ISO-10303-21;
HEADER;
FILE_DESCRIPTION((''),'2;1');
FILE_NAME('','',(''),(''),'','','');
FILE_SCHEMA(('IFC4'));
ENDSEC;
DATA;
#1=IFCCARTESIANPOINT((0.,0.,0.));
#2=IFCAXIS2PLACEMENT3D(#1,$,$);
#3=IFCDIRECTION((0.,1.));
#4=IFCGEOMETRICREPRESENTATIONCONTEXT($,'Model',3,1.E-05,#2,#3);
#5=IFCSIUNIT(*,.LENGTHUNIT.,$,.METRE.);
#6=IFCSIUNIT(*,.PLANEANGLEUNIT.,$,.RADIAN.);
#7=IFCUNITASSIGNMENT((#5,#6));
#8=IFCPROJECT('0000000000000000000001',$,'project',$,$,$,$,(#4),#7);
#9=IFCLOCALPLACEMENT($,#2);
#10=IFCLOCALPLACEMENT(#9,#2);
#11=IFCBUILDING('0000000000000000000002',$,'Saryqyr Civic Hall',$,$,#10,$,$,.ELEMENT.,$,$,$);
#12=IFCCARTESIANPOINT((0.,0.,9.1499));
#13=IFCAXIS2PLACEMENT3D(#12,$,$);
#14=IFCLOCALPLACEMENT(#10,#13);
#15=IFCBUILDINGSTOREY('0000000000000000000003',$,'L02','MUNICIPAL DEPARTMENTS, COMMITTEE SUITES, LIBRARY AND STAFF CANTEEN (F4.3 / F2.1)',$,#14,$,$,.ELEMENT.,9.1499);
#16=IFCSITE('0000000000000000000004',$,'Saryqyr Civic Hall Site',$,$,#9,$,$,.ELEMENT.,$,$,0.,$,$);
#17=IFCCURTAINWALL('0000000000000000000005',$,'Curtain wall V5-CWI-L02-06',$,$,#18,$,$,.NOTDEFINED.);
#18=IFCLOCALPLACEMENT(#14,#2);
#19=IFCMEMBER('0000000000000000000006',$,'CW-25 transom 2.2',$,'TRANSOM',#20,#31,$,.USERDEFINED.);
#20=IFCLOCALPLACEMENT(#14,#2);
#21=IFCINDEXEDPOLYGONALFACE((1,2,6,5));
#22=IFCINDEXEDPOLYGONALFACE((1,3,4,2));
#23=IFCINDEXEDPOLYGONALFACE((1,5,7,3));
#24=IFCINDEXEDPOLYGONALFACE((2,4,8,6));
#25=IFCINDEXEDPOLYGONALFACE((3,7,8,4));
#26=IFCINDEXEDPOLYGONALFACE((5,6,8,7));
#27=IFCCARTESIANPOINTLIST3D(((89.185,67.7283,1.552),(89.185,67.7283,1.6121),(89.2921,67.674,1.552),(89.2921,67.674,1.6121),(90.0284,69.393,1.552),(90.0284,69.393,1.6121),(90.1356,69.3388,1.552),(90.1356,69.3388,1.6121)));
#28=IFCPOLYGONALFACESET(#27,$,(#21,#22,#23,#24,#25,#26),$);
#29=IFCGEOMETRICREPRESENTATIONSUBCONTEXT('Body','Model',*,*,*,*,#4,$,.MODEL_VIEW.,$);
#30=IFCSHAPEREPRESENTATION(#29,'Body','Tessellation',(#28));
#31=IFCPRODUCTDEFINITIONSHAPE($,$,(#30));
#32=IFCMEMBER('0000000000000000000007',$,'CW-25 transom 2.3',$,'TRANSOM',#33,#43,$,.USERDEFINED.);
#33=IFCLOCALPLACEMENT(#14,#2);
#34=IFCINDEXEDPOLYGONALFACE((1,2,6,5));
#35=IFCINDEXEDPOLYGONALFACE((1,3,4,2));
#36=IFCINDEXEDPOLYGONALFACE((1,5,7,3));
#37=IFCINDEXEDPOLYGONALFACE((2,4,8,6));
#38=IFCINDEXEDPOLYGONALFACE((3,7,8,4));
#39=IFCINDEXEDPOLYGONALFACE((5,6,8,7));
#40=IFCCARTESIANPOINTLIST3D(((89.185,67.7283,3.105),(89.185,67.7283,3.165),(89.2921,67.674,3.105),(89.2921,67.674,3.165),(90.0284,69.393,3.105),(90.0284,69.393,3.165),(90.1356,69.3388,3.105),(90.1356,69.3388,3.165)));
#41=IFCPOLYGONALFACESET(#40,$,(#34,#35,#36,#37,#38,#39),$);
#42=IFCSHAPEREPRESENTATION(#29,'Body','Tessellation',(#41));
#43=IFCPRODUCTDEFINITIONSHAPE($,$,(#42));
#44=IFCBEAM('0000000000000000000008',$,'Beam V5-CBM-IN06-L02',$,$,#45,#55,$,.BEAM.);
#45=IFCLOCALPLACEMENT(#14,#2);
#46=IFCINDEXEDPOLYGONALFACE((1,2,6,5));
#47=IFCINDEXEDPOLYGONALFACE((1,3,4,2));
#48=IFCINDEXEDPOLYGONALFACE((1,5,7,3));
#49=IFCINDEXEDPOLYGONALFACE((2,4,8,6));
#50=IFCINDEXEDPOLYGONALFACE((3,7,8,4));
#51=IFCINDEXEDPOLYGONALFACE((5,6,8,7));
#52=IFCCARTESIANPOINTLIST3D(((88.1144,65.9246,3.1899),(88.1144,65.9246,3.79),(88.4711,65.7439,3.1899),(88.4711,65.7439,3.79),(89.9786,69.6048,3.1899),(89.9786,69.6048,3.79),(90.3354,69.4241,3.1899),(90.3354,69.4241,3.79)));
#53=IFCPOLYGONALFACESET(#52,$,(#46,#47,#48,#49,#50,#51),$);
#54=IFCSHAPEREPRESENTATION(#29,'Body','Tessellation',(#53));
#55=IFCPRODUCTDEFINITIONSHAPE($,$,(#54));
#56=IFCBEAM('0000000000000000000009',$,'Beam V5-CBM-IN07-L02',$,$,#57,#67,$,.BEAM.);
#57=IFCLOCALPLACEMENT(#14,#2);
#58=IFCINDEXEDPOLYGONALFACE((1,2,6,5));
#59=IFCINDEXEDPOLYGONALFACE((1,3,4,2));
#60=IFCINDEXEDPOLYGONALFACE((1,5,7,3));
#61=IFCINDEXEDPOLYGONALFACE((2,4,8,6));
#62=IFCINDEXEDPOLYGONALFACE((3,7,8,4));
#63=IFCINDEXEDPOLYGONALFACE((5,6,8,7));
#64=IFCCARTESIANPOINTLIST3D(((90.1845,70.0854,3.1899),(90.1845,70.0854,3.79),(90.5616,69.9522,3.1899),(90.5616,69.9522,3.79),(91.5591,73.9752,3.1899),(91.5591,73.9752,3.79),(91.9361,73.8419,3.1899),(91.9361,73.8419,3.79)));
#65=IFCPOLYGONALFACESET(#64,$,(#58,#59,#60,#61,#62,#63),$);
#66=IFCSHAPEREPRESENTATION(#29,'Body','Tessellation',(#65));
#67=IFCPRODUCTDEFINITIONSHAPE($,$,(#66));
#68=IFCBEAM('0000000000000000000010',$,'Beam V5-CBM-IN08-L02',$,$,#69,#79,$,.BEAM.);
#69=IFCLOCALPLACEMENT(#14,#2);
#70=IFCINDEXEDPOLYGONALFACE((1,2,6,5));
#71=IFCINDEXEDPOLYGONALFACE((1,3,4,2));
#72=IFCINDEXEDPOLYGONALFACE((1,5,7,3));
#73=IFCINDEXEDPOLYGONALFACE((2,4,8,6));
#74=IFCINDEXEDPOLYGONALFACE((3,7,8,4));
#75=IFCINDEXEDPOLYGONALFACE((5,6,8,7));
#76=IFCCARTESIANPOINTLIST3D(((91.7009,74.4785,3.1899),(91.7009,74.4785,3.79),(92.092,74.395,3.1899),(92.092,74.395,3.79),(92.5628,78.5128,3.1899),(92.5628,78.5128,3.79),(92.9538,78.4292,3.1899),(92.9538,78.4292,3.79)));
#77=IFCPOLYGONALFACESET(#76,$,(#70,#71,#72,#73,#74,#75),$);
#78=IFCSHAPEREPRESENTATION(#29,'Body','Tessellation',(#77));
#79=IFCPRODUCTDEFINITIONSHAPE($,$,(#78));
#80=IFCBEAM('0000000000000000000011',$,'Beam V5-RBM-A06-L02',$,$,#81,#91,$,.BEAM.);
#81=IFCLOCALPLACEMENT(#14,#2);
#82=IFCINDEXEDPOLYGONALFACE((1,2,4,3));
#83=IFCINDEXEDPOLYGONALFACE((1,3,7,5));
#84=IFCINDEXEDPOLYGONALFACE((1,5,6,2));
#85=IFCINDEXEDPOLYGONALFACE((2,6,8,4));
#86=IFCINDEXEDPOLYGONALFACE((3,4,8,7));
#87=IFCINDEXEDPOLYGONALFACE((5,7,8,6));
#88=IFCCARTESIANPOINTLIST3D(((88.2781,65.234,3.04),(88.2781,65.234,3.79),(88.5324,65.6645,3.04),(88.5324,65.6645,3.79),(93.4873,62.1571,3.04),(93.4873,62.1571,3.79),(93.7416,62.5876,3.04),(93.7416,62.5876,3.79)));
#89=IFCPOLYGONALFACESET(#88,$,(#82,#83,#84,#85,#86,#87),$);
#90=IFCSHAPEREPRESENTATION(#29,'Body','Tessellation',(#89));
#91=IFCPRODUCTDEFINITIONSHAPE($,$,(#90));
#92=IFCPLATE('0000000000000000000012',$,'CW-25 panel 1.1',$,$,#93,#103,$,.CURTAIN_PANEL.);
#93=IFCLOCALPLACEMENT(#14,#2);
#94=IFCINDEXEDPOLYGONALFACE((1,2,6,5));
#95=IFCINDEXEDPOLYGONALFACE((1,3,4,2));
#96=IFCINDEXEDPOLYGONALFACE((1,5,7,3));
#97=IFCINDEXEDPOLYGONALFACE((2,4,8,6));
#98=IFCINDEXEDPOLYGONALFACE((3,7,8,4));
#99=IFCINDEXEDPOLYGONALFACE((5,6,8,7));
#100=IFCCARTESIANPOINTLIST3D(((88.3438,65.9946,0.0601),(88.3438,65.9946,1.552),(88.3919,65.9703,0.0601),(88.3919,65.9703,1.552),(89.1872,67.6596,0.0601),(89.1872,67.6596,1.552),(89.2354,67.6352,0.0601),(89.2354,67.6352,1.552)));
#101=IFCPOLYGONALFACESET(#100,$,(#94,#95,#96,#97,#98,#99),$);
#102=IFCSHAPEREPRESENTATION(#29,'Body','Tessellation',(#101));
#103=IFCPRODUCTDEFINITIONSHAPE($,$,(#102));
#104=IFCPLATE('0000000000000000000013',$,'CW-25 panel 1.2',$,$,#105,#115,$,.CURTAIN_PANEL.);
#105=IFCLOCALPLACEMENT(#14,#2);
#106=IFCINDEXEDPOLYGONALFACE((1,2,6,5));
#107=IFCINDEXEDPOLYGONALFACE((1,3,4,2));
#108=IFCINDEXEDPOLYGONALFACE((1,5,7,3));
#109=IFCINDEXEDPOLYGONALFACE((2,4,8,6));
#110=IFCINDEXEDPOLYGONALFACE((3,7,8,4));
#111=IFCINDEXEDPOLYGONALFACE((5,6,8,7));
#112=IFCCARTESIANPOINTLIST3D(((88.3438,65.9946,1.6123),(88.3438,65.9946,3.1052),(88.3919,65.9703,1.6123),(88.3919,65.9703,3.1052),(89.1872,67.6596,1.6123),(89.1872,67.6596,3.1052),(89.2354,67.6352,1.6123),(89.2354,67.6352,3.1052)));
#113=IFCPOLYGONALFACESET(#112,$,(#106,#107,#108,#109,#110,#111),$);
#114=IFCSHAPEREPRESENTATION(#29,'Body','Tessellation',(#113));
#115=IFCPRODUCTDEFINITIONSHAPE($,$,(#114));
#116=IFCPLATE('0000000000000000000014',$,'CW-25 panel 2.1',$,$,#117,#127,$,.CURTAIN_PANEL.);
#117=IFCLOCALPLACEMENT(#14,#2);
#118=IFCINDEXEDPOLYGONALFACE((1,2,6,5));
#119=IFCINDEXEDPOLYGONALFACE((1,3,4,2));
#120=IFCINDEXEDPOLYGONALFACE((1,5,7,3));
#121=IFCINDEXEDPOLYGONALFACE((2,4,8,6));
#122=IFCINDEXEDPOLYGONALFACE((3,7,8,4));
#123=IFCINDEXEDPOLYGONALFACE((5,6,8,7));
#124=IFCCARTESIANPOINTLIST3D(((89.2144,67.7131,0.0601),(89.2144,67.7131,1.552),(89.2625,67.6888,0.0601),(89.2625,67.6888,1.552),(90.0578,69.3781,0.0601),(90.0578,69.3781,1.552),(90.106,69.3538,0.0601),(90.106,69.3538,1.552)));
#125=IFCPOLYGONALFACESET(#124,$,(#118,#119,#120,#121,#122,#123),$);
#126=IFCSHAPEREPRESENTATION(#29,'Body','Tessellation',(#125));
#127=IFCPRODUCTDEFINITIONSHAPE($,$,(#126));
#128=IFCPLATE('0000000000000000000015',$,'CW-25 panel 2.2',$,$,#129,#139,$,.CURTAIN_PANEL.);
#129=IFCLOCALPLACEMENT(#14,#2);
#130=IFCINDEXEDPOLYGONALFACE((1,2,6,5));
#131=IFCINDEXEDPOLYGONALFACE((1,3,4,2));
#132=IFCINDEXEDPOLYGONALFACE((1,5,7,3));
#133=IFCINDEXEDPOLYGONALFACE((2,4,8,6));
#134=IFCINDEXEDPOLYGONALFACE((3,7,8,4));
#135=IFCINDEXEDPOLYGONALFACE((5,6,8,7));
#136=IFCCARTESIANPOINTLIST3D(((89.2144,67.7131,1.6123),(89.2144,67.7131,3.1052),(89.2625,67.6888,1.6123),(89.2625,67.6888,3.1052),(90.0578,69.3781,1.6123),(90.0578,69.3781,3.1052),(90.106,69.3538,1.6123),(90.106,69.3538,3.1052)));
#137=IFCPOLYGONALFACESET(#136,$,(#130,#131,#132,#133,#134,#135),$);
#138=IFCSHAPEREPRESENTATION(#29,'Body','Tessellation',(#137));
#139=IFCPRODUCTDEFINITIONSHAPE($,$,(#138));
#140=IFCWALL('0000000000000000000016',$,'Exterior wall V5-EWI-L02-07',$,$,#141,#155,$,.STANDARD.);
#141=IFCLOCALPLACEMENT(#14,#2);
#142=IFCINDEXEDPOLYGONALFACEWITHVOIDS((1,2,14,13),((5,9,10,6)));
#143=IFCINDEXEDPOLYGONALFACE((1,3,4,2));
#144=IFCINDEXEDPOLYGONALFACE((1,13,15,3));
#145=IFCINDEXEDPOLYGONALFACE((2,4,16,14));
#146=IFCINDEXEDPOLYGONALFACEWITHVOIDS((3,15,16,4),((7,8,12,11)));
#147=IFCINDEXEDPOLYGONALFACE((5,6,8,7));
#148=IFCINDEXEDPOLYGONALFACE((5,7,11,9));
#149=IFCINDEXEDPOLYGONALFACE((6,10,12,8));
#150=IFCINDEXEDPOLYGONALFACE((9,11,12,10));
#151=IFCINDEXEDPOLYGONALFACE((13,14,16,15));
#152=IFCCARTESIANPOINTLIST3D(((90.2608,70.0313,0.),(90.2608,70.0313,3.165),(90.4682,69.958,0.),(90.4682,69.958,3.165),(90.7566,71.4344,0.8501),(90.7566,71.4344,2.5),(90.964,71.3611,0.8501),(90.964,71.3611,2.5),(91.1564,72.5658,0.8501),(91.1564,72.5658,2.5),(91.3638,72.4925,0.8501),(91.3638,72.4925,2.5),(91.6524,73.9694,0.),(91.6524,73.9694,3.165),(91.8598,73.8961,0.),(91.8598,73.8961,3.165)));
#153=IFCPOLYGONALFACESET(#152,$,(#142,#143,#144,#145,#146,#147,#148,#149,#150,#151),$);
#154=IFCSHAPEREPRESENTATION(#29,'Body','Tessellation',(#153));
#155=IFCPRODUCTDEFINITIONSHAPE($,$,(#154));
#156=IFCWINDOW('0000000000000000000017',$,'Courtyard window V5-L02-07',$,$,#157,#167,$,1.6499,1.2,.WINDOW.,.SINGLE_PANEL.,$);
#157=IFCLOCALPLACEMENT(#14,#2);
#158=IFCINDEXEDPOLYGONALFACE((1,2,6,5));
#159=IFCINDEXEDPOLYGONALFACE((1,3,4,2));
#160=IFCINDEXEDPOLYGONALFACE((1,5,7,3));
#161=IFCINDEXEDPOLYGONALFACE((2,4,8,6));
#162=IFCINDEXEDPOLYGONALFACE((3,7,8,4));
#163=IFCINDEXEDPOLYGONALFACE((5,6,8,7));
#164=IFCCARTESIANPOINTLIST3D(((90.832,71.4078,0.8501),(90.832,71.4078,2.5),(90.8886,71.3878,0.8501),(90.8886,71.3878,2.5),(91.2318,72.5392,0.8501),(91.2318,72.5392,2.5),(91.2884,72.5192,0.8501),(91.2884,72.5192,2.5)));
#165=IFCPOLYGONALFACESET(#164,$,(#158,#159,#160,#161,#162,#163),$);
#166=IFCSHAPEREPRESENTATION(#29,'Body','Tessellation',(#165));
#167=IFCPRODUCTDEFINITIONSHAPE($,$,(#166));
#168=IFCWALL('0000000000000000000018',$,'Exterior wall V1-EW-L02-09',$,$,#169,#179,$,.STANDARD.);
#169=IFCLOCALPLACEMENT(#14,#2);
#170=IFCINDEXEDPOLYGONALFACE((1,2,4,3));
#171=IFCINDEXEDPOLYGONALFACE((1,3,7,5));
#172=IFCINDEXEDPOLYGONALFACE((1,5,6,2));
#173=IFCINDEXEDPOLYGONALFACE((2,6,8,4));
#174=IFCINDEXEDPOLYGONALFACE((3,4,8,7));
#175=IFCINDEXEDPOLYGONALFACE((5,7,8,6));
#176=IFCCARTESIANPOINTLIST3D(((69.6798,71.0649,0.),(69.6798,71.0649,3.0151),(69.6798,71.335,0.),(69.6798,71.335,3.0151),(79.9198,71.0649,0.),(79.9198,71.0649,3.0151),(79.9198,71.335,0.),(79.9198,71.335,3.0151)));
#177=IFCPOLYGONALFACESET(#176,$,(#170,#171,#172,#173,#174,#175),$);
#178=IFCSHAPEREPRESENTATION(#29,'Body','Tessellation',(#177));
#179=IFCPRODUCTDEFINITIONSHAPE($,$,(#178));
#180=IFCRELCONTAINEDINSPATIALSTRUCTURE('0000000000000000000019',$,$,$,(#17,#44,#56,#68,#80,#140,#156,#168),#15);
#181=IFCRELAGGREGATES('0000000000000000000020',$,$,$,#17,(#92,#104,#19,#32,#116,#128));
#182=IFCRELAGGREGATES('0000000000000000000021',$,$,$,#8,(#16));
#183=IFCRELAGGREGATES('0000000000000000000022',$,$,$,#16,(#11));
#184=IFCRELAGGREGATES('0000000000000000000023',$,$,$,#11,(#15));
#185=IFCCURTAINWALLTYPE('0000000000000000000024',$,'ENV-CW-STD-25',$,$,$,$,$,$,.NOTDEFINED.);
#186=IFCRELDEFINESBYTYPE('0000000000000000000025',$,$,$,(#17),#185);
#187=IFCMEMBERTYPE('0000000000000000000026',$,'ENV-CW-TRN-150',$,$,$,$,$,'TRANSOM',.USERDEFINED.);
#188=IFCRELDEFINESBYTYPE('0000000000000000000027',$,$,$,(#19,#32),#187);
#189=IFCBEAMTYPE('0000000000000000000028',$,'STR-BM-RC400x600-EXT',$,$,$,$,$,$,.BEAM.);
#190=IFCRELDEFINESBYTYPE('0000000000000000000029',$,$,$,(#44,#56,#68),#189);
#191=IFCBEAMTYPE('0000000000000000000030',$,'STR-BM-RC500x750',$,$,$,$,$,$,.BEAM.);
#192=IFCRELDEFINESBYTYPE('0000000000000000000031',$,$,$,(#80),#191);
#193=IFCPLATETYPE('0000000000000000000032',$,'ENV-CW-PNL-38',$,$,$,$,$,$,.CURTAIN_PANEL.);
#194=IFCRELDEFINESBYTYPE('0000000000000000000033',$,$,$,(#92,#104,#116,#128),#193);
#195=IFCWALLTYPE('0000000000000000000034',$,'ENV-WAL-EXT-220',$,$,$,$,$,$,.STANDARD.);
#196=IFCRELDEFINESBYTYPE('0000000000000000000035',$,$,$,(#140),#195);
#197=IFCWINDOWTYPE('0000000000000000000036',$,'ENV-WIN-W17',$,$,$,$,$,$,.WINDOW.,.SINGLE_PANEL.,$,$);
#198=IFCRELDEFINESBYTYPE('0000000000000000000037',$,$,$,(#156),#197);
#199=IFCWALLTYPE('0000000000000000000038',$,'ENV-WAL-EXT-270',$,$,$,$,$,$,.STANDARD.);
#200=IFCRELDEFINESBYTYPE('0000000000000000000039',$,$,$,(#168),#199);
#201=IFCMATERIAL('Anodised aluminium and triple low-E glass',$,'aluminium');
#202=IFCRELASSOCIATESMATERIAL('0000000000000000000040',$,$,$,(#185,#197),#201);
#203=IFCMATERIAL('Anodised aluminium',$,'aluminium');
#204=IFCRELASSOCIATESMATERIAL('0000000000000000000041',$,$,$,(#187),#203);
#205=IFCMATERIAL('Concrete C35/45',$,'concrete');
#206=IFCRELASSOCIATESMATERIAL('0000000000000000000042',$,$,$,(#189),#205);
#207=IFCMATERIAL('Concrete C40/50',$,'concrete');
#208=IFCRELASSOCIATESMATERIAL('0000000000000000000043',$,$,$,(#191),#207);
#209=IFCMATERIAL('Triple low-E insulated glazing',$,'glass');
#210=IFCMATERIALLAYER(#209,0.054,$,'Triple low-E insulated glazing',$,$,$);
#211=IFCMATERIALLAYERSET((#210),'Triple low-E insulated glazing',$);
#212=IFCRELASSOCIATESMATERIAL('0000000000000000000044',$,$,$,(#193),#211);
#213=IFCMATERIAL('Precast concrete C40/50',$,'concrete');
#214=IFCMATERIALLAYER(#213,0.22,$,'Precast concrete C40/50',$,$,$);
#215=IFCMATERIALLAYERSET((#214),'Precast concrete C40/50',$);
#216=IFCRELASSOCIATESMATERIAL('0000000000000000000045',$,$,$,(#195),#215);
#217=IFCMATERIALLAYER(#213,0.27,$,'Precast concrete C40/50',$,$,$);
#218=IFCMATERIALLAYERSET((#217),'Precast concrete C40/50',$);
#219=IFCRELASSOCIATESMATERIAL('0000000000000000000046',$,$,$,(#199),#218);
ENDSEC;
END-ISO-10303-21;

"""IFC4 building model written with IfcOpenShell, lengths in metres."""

from ifc_helpers import new_model, si_unit, direction, frame, frame_2d, origin, origin_2d, place, context, subcontext, project, spatial, rectangle, extrude, material, layer, layer_set, material_profile, profile_set, type_object, element, fill, aggregate, save


model = new_model("IFC4")

# Units and contexts
model_context = context("Model", 3, precision=1e-05, world=origin(), true_north=direction((0.0, 1.0)))
body_context = subcontext(model_context, "Body", "Model", "MODEL_VIEW")
ifc_project = project(units=[si_unit("LENGTHUNIT", "METRE"), si_unit("PLANEANGLEUNIT", "RADIAN")], contexts=[model_context])

# Site, building, storey
site_placement = place(None, origin())
site = spatial("IfcSite", under=ifc_project, at=site_placement, Name="Saryqyr Civic Hall Site", CompositionType="ELEMENT", RefElevation=0.0)
building_placement = place(site_placement, origin())
building = spatial("IfcBuilding", under=site, at=building_placement, Name="Saryqyr Civic Hall", CompositionType="ELEMENT")
storey_placement = place(building_placement, frame((0.0, 0.0, 9.1499)))
storey = spatial("IfcBuildingStorey", under=building, at=storey_placement, Name="L02", Description="MUNICIPAL DEPARTMENTS, COMMITTEE SUITES, LIBRARY AND STAFF CANTEEN (F4.3 / F2.1)", CompositionType="ELEMENT", Elevation=9.1499)

# Shared definitions
ifc_material_1 = material(Name="Concrete C40/50", Category="concrete")

# Curtain wall, members
ifc_material_2 = material(Name="Anodised aluminium and triple low-E glass", Category="aluminium")
curtain_wall_type = type_object("IfcCurtainWallType", Name="ENV-CW-STD-25", PredefinedType="NOTDEFINED", material=ifc_material_2)
curtain_wall_placement = place(storey_placement, origin())
curtain_wall = element("IfcCurtainWall", 1, at=curtain_wall_placement, inside=storey, type_object=curtain_wall_type, Name="Curtain wall V5-CWI-L02-06", PredefinedType="NOTDEFINED")
ifc_material_3 = material(Name="Anodised aluminium", Category="aluminium")
ifc_material_profile_1 = material_profile(ifc_material_3, rectangle(XDim=0.1201, YDim=0.0601, at=origin_2d()), Name="ALU TRANSOM 120x60")
ifc_profile_set_1 = profile_set([ifc_material_profile_1], Name="Anodised aluminium")
member_type_1 = type_object("IfcMemberType", Name="ENV-CW-TRN-150", ElementType="TRANSOM", PredefinedType="USERDEFINED", material=ifc_profile_set_1)
member_1_placement = place(storey_placement, frame((89.2385, 67.7012, 1.582), z_axis=(0.451969, 0.892034, 0.0), x_axis=(-0.892034, 0.451969, 0.0)))
member_1 = element("IfcMember", 2, at=member_1_placement, type_object=member_type_1, Name="CW-25 transom 2.2", ObjectType="TRANSOM", PredefinedType="USERDEFINED", context=body_context, shape_type="SweptSolid", body=[
    extrude(rectangle(XDim=0.1201, YDim=0.0601, at=origin_2d()), origin(), (0.0, 0.0, 1.0), 1.8662),
])
member_2_placement = place(storey_placement, frame((89.2385, 67.7012, 3.135), z_axis=(0.451969, 0.892034, 0.0), x_axis=(-0.892034, 0.451969, 0.0)))
member_2 = element("IfcMember", 3, at=member_2_placement, type_object=member_type_1, Name="CW-25 transom 2.3", ObjectType="TRANSOM", PredefinedType="USERDEFINED", context=body_context, shape_type="SweptSolid", body=[
    extrude(rectangle(XDim=0.1201, YDim=0.0601, at=origin_2d()), origin(), (0.0, 0.0, 1.0), 1.8662),
])

# Beams
ifc_material_4 = material(Name="Concrete C35/45", Category="concrete")
ifc_material_profile_2 = material_profile(ifc_material_4, rectangle(XDim=0.3999, YDim=0.6001, at=origin_2d()), Name="RC 400x600")
ifc_profile_set_2 = profile_set([ifc_material_profile_2], Name="Concrete C35/45")
beam_type_1 = type_object("IfcBeamType", Name="STR-BM-RC400x600-EXT", PredefinedType="BEAM", material=ifc_profile_set_2)
for number, where, z_axis, x_axis, name in (
    (4, (88.2927, 65.8342, 3.49), (0.451894, 0.892071, 0.0), (-0.892071, 0.451894, 0.0), "Beam V5-CBM-IN06-L02"),
    (5, (90.373, 70.0188, 3.49), (0.333185, 0.942861, 0.0), (-0.942861, 0.333185, 0.0), "Beam V5-CBM-IN07-L02"),
):
    element("IfcBeam", number, at=place(storey_placement, frame(where, z_axis=z_axis, x_axis=x_axis)), inside=storey, type_object=beam_type_1, Name=name, PredefinedType="BEAM", context=body_context, shape_type="SweptSolid", body=[
        extrude(rectangle(XDim=0.3999, YDim=0.6001, at=origin_2d()), origin(), (0.0, 0.0, 1.0), 4.1255),
    ])
beam_1_placement = place(storey_placement, frame((91.8965, 74.4368, 3.49), z_axis=(0.208915, 0.977934, 0.0), x_axis=(-0.977934, 0.208915, 0.0)))
element("IfcBeam", 6, at=beam_1_placement, inside=storey, type_object=beam_type_1, Name="Beam V5-CBM-IN08-L02", PredefinedType="BEAM", context=body_context, shape_type="SweptSolid", body=[
    extrude(rectangle(XDim=0.3999, YDim=0.6001, at=origin_2d()), origin(), (0.0, 0.0, 1.0), 4.1252),
])
ifc_material_profile_3 = material_profile(ifc_material_1, rectangle(XDim=0.5, YDim=0.75, at=origin_2d()), Name="RC 500x750")
ifc_profile_set_3 = profile_set([ifc_material_profile_3], Name="Concrete C40/50")
beam_type_2 = type_object("IfcBeamType", Name="STR-BM-RC500x750", PredefinedType="BEAM", material=ifc_profile_set_3)
beam_2_placement = place(storey_placement, frame((88.4053, 65.4492, 3.415), z_axis=(0.861019, -0.508573, 0.0), x_axis=(0.508573, 0.861019, 0.0)))
element("IfcBeam", 7, at=beam_2_placement, inside=storey, type_object=beam_type_2, Name="Beam V5-RBM-A06-L02", PredefinedType="BEAM", context=body_context, shape_type="SweptSolid", body=[
    extrude(rectangle(XDim=0.5, YDim=0.75, at=origin_2d()), origin(), (0.0, 0.0, 1.0), 6.05),
])

# Plates
ifc_material_5 = material(Name="Triple low-E insulated glazing", Category="glass")
ifc_layer_1 = layer(ifc_material_5, 0.054, Name="Triple low-E insulated glazing")
ifc_layer_set_1 = layer_set([ifc_layer_1], Name="Triple low-E insulated glazing")
plate_type = type_object("IfcPlateType", Name="ENV-CW-PNL-38", PredefinedType="CURTAIN_PANEL", material=ifc_layer_set_1)
plate_1_placement = place(storey_placement, frame((88.7896, 66.8149, 0.0601), z_axis=(0.0, 0.0, 1.0), x_axis=(0.45191, 0.892064, 0.0)))
plate_1 = element("IfcPlate", 8, at=plate_1_placement, type_object=plate_type, Name="CW-25 panel 1.1", PredefinedType="CURTAIN_PANEL", context=body_context, shape_type="SweptSolid", body=[
    extrude(rectangle(XDim=1.8665, YDim=0.054, at=origin_2d()), origin(), (0.0, 0.0, 1.0), 1.4919),
])
plate_2_placement = place(storey_placement, frame((88.7896, 66.8149, 1.6123), z_axis=(0.0, 0.0, 1.0), x_axis=(0.45191, 0.892064, 0.0)))
plate_2 = element("IfcPlate", 9, at=plate_2_placement, type_object=plate_type, Name="CW-25 panel 1.2", PredefinedType="CURTAIN_PANEL", context=body_context, shape_type="SweptSolid", body=[
    extrude(rectangle(XDim=1.8665, YDim=0.054, at=origin_2d()), origin(), (0.0, 0.0, 1.0), 1.4929),
])
plate_3_placement = place(storey_placement, frame((89.6602, 68.5334, 0.0601), z_axis=(0.0, 0.0, 1.0), x_axis=(0.45191, 0.892064, 0.0)))
plate_3 = element("IfcPlate", 10, at=plate_3_placement, type_object=plate_type, Name="CW-25 panel 2.1", PredefinedType="CURTAIN_PANEL", context=body_context, shape_type="SweptSolid", body=[
    extrude(rectangle(XDim=1.8665, YDim=0.054, at=origin_2d()), origin(), (0.0, 0.0, 1.0), 1.4919),
])
plate_4_placement = place(storey_placement, frame((89.6602, 68.5334, 1.6123), z_axis=(0.0, 0.0, 1.0), x_axis=(0.45191, 0.892064, 0.0)))
plate_4 = element("IfcPlate", 11, at=plate_4_placement, type_object=plate_type, Name="CW-25 panel 2.2", PredefinedType="CURTAIN_PANEL", context=body_context, shape_type="SweptSolid", body=[
    extrude(rectangle(XDim=1.8665, YDim=0.054, at=origin_2d()), origin(), (0.0, 0.0, 1.0), 1.4929),
])
aggregate(curtain_wall, [plate_1, plate_2, member_1, member_2, plate_3, plate_4])

# Wall, opening, window
ifc_material_6 = material(Name="Precast concrete C40/50", Category="concrete")
ifc_layer_2 = layer(ifc_material_6, 0.22, Name="Precast concrete C40/50")
ifc_layer_set_2 = layer_set([ifc_layer_2], Name="Precast concrete C40/50")
wall_type_1 = type_object("IfcWallType", Name="ENV-WAL-EXT-220", PredefinedType="STANDARD", material=ifc_layer_set_2)
wall_1_placement = place(storey_placement, frame((90.3645, 69.9946, 0.0), z_axis=(0.0, 0.0, 1.0), x_axis=(0.333169, 0.942867, 0.0)))
wall_1 = element("IfcWall", 12, at=wall_1_placement, inside=storey, type_object=wall_type_1, Name="Exterior wall V5-EWI-L02-07", PredefinedType="STANDARD", context=body_context, shape_type="SweptSolid", body=[
    extrude(rectangle(XDim=4.1768, YDim=0.22, at=frame_2d((2.0884, 0.0))), origin(), (0.0, 0.0, 1.0), 3.165),
])
opening_placement = place(wall_1_placement, frame((1.488, 0.0, 0.8501)))
opening = element("IfcOpeningElement", 13, at=opening_placement, cuts=wall_1, PredefinedType="OPENING", context=body_context, shape_type="SweptSolid", body=[
    extrude(rectangle(XDim=1.2, YDim=1.6499, at=frame_2d((0.6001, 0.825))), frame((0.0, 0.1199, 0.0), z_axis=(0.0, -1.0, 0.0), x_axis=(1.0, 0.0, 0.0)), (0.0, 0.0, 1.0), 0.24),
])
window_type = type_object("IfcWindowType", Name="ENV-WIN-W17", PartitioningType="SINGLE_PANEL", PredefinedType="WINDOW", material=ifc_material_2)
window_placement = place(opening_placement, origin())
window = element("IfcWindow", 14, at=window_placement, inside=storey, type_object=window_type, Name="Courtyard window V5-L02-07", OverallHeight=1.6499, OverallWidth=1.2, PartitioningType="SINGLE_PANEL", PredefinedType="WINDOW", context=body_context, shape_type="SweptSolid", body=[
    extrude(rectangle(XDim=1.2, YDim=1.6499, at=frame_2d((0.6001, 0.825))), frame((0.0, 0.03, 0.0), z_axis=(0.0, -1.0, 0.0), x_axis=(1.0, 0.0, 0.0)), (0.0, 0.0, 1.0), 0.0601),
])
fill(opening, window)

# Wall
ifc_layer_3 = layer(ifc_material_6, 0.27, Name="Precast concrete C40/50")
ifc_layer_set_3 = layer_set([ifc_layer_3], Name="Precast concrete C40/50")
wall_type_2 = type_object("IfcWallType", Name="ENV-WAL-EXT-270", PredefinedType="STANDARD", material=ifc_layer_set_3)
wall_2_placement = place(storey_placement, frame((79.9199, 71.2, 0.0), z_axis=(0.0, 0.0, 1.0), x_axis=(-1.0, 0.0, 0.0)))
element("IfcWall", 15, at=wall_2_placement, inside=storey, type_object=wall_type_2, Name="Exterior wall V1-EW-L02-09", PredefinedType="STANDARD", context=body_context, shape_type="SweptSolid", body=[
    extrude(rectangle(XDim=10.24, YDim=0.27, at=frame_2d((5.1201, 0.0))), origin(), (0.0, 0.0, 1.0), 3.0151),
])

save(model, "model.ifc")
